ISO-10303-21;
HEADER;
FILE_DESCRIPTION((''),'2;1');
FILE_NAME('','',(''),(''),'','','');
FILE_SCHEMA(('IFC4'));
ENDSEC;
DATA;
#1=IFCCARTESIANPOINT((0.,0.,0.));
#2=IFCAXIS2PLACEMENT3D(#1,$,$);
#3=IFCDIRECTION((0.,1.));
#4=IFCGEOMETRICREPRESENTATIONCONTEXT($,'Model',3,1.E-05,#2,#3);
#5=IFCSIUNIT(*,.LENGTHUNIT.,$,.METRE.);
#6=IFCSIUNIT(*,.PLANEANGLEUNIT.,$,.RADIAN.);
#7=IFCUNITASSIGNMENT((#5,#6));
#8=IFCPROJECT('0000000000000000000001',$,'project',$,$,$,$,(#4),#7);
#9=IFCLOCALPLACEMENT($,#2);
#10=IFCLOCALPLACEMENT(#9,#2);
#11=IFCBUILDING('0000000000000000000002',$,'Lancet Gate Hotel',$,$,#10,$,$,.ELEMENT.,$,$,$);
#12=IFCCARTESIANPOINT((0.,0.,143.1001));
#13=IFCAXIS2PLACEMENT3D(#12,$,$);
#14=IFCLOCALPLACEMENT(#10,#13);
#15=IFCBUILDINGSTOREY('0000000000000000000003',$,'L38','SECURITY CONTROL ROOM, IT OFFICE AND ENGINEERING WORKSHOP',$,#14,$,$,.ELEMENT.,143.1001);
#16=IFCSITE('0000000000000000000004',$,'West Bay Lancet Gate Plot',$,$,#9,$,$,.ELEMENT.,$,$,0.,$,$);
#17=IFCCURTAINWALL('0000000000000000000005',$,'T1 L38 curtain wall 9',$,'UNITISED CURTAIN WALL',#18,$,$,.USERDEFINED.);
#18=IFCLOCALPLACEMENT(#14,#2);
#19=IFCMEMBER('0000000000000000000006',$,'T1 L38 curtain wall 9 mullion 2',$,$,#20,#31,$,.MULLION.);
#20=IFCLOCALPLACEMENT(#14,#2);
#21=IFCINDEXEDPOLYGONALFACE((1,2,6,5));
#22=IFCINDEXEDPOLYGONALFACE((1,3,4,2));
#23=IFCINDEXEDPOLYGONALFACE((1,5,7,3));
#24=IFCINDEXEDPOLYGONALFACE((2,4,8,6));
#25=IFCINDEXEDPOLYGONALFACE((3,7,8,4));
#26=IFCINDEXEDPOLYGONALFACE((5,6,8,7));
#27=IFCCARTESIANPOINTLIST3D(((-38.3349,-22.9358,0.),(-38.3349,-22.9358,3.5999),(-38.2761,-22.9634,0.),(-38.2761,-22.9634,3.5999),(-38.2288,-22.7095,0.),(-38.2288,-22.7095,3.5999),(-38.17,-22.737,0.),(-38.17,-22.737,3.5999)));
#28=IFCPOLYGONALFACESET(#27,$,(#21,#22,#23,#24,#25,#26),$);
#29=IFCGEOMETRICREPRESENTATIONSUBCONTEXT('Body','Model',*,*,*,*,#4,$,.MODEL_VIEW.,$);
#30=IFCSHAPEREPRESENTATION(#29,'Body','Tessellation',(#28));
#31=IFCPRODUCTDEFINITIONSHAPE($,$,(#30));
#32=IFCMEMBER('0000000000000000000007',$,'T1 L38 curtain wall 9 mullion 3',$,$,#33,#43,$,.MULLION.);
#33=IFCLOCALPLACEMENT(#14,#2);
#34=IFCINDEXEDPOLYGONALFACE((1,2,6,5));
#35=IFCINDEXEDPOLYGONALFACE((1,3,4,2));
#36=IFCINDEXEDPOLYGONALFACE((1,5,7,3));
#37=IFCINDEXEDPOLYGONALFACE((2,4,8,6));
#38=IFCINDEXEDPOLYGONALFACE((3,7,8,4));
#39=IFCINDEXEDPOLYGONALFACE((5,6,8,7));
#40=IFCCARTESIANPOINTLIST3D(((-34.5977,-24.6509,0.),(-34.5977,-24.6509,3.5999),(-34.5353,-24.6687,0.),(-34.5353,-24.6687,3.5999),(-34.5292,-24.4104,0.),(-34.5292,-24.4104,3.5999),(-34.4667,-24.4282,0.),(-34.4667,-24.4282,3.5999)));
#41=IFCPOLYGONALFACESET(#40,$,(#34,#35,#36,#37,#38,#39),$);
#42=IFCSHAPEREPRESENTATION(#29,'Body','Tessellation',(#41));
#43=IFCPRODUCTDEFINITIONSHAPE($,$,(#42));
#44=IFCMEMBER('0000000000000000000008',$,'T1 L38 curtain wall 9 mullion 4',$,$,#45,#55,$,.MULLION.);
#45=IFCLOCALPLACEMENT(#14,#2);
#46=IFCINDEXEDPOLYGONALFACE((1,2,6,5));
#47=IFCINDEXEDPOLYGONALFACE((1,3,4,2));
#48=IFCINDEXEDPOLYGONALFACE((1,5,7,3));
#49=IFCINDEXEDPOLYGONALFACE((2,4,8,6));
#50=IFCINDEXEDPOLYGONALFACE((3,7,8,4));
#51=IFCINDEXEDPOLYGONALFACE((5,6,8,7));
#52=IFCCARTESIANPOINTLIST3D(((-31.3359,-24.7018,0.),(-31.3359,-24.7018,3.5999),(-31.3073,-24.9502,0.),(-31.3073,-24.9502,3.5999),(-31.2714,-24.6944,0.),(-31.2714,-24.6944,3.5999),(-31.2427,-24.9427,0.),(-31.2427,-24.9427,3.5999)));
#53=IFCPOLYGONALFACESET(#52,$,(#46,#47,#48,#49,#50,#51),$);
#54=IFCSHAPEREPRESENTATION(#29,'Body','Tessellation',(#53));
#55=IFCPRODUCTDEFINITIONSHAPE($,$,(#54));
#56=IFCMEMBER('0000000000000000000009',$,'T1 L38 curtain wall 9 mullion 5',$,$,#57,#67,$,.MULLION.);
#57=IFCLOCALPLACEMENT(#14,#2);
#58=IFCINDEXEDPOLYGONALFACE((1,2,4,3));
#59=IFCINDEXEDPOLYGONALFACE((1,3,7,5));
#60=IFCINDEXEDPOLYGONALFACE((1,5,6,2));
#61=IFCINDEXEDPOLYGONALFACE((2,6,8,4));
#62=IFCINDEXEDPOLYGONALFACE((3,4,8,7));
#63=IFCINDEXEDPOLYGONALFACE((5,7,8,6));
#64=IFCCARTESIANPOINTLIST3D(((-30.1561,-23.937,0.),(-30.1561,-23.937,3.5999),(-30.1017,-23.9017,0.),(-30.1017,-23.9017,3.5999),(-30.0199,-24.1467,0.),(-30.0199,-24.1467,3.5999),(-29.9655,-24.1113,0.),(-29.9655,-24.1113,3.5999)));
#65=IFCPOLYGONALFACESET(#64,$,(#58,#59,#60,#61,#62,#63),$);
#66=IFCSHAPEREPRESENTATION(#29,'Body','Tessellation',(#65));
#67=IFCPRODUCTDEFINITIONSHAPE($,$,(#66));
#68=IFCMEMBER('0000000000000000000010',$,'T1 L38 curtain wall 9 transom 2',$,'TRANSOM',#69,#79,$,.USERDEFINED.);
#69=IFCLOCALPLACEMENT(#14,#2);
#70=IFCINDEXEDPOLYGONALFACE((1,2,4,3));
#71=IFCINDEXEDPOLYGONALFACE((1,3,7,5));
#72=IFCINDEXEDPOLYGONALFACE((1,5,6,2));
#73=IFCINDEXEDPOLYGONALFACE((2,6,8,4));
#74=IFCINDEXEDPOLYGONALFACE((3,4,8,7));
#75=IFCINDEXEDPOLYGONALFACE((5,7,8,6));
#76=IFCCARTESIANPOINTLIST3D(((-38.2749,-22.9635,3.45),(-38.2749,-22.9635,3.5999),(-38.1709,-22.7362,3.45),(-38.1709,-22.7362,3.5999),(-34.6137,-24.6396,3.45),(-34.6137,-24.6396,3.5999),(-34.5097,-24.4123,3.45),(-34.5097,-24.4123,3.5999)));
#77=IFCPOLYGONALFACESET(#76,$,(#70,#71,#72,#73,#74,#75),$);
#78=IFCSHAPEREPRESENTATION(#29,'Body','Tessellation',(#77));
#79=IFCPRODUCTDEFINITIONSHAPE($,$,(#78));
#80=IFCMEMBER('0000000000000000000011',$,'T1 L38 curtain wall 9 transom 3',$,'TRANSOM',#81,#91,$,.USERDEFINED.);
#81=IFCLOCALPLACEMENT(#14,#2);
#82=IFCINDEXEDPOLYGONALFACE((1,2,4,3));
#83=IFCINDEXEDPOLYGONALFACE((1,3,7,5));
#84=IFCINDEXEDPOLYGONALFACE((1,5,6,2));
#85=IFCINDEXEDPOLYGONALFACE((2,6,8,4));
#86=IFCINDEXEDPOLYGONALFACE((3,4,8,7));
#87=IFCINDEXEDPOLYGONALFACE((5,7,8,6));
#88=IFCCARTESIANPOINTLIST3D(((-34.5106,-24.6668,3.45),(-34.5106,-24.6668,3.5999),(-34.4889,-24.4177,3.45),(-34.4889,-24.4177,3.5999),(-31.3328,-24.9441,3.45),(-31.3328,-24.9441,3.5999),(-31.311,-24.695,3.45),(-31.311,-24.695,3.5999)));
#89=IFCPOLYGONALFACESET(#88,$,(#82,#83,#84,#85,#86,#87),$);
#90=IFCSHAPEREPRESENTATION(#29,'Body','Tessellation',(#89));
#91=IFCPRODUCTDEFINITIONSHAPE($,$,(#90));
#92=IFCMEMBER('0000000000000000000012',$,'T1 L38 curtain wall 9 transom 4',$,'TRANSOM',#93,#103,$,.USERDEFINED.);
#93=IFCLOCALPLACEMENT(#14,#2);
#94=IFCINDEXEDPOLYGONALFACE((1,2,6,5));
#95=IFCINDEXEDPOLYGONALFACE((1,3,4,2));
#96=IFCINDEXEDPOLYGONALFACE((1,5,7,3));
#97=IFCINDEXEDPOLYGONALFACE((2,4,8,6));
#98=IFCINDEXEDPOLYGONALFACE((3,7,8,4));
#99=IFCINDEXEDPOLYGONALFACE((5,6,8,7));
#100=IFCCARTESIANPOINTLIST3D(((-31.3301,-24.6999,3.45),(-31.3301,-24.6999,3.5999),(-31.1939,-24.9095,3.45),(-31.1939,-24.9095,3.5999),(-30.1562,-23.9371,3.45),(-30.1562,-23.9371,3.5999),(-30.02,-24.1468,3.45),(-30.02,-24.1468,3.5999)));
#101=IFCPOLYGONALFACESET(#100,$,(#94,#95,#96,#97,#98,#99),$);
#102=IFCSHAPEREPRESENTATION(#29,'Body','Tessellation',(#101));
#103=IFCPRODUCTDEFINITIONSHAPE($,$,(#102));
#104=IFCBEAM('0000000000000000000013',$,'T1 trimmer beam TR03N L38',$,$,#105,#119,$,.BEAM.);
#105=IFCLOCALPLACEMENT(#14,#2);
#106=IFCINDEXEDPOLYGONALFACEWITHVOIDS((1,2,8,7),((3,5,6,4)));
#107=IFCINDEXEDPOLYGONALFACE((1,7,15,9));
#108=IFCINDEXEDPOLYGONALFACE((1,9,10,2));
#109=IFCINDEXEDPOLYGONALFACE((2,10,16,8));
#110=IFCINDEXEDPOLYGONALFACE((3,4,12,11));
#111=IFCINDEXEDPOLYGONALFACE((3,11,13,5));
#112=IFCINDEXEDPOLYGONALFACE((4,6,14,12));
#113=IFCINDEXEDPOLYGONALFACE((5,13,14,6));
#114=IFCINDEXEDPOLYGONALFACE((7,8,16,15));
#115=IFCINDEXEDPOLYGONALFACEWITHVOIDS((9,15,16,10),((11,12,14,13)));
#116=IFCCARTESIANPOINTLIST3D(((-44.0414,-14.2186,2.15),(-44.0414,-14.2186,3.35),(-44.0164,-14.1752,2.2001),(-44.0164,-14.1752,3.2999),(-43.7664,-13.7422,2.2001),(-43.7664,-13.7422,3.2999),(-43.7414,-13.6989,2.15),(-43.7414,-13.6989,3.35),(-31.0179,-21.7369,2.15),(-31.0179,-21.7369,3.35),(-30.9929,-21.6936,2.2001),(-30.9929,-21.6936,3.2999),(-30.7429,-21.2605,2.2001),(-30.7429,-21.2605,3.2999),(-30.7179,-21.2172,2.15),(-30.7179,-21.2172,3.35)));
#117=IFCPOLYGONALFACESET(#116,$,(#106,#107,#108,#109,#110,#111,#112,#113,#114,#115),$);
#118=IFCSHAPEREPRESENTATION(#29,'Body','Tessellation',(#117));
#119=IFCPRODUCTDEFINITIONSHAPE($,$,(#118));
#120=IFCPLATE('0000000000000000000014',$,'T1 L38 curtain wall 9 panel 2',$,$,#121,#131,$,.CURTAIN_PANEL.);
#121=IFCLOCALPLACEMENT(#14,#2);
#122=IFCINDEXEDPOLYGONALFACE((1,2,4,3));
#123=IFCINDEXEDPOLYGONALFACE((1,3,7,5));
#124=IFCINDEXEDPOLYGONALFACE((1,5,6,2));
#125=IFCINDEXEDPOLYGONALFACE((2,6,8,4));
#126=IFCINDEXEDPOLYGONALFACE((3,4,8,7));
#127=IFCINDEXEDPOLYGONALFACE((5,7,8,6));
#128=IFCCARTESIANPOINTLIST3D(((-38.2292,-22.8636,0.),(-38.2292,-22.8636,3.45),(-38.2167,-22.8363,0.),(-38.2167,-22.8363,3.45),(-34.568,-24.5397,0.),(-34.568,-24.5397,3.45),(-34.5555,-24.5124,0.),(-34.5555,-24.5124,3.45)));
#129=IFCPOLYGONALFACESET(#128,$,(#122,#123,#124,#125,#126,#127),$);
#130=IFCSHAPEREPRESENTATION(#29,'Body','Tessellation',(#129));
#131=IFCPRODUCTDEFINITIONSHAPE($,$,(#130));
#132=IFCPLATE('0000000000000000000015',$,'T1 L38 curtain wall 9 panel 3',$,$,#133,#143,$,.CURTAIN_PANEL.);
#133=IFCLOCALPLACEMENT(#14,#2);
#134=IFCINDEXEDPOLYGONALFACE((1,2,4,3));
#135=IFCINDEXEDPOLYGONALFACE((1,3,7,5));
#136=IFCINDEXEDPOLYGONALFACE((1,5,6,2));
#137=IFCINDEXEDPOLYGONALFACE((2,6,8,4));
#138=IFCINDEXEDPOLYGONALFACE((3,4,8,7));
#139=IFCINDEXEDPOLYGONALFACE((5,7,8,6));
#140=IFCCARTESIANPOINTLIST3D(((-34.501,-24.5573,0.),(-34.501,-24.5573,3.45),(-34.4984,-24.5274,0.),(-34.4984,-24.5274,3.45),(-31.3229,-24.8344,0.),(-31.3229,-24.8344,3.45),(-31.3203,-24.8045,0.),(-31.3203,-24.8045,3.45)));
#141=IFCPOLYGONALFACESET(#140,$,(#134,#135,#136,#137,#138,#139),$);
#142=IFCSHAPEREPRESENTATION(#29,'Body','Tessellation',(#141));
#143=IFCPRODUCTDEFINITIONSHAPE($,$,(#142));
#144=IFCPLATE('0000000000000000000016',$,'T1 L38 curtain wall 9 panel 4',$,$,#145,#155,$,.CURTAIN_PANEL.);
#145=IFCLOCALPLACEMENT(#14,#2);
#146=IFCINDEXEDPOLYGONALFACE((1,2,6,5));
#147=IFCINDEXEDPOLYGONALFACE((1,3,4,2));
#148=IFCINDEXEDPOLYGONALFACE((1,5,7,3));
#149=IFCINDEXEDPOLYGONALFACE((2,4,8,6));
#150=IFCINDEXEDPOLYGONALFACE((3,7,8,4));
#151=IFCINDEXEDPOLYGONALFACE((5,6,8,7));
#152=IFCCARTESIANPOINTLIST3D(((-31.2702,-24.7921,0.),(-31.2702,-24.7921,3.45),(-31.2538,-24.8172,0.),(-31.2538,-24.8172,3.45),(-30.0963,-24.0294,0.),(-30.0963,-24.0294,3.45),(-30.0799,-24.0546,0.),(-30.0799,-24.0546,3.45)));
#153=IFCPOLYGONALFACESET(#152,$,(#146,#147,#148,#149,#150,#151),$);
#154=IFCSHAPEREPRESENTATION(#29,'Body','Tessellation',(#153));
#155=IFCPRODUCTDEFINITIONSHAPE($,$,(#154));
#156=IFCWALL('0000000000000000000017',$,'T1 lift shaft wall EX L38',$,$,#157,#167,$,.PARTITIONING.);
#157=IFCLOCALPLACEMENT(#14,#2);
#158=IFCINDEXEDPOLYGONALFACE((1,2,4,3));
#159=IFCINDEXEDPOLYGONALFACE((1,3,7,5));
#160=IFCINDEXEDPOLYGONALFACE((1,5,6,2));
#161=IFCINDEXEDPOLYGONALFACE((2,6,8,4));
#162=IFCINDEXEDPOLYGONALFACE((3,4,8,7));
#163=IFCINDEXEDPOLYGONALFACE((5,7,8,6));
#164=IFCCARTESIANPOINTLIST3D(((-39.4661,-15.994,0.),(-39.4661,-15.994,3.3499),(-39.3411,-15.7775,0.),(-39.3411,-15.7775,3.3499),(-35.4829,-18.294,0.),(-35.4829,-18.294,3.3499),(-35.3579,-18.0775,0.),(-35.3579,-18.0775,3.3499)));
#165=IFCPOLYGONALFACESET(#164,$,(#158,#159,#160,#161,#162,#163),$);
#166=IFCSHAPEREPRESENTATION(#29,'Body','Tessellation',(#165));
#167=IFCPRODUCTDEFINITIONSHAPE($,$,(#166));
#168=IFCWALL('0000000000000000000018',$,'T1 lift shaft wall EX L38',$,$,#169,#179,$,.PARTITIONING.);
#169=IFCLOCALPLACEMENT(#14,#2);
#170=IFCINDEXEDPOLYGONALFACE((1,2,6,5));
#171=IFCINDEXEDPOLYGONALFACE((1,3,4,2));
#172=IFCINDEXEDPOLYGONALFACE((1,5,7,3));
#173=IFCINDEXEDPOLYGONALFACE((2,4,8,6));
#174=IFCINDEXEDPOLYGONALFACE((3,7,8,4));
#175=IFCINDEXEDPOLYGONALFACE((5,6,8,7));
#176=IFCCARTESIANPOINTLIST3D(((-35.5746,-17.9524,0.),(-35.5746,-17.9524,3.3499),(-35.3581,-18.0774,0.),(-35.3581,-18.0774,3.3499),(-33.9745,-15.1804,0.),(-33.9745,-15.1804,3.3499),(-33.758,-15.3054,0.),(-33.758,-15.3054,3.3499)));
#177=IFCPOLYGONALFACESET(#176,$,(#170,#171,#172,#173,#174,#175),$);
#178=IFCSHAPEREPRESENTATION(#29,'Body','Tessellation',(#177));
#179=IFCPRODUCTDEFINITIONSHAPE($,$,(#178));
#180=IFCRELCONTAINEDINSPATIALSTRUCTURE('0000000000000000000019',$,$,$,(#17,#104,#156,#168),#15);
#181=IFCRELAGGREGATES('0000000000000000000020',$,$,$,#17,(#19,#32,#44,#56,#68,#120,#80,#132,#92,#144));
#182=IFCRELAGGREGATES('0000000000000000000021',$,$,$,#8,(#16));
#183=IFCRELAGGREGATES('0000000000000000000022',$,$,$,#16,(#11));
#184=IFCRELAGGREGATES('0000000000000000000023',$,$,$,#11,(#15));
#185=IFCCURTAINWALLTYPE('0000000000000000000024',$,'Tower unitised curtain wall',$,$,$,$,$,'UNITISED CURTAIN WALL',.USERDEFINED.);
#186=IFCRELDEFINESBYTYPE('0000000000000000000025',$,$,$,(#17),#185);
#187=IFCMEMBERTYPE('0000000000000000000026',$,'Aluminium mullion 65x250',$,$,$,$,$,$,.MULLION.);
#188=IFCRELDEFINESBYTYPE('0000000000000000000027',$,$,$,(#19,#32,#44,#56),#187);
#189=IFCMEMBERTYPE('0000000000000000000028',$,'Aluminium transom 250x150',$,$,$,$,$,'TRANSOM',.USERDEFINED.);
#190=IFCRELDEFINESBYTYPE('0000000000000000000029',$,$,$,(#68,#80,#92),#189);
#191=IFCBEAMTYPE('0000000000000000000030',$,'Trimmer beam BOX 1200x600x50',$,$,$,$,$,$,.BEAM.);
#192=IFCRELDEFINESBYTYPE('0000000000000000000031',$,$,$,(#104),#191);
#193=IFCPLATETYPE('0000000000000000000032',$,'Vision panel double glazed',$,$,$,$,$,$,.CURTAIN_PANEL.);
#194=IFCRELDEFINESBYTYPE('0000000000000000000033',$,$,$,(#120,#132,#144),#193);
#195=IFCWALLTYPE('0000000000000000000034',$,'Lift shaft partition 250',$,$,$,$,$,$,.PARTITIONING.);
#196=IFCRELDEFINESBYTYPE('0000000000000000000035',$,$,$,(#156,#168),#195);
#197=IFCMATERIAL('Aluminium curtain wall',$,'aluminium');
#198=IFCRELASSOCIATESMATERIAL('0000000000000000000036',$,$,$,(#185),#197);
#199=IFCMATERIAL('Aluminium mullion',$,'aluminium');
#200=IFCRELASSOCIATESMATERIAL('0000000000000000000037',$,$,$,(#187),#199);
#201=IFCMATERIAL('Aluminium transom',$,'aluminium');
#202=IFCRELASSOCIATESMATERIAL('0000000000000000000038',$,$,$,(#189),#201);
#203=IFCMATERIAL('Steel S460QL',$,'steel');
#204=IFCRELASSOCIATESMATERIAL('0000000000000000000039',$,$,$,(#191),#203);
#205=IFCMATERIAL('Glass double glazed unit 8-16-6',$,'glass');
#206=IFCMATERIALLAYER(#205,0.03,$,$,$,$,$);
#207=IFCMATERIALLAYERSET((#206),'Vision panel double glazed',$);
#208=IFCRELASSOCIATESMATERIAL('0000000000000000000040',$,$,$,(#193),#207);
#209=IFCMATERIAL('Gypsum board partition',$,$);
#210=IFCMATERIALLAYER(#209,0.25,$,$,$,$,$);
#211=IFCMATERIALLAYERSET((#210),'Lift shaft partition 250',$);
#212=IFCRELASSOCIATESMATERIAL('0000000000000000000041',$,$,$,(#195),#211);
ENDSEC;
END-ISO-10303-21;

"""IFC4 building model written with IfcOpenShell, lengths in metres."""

from ifc_helpers import new_model, si_unit, direction, frame, frame_2d, origin, origin_2d, place, context, subcontext, project, spatial, rectangle, hollow_rectangle, extrude, material, layer, layer_set, material_profile, profile_set, type_object, element, aggregate, save


model = new_model("IFC4")

# Units and contexts
model_context = context("Model", 3, precision=1e-05, world=origin(), true_north=direction((0.0, 1.0)))
body_context = subcontext(model_context, "Body", "Model", "MODEL_VIEW")
ifc_project = project(units=[si_unit("LENGTHUNIT", "METRE"), si_unit("PLANEANGLEUNIT", "RADIAN")], contexts=[model_context])

# Site, building, storey
site_placement = place(None, origin())
site = spatial("IfcSite", under=ifc_project, at=site_placement, Name="West Bay Lancet Gate Plot", CompositionType="ELEMENT", RefElevation=0.0)
building_placement = place(site_placement, origin())
building = spatial("IfcBuilding", under=site, at=building_placement, Name="Lancet Gate Hotel", CompositionType="ELEMENT")
storey_placement = place(building_placement, frame((0.0, 0.0, 143.1001)))
storey = spatial("IfcBuildingStorey", under=building, at=storey_placement, Name="L38", Description="SECURITY CONTROL ROOM, IT OFFICE AND ENGINEERING WORKSHOP", CompositionType="ELEMENT", Elevation=143.1001)

# Curtain wall, members
ifc_material_1 = material(Name="Aluminium curtain wall", Category="aluminium")
curtain_wall_type = type_object("IfcCurtainWallType", Name="Tower unitised curtain wall", ElementType="UNITISED CURTAIN WALL", PredefinedType="USERDEFINED", material=ifc_material_1)
curtain_wall_placement = place(storey_placement, origin())
curtain_wall = element("IfcCurtainWall", 1, at=curtain_wall_placement, inside=storey, type_object=curtain_wall_type, Name="T1 L38 curtain wall 9", ObjectType="UNITISED CURTAIN WALL", PredefinedType="USERDEFINED")
ifc_material_2 = material(Name="Aluminium mullion", Category="aluminium")
ifc_material_profile_1 = material_profile(ifc_material_2, rectangle(XDim=0.0649, YDim=0.25, at=origin_2d()), Name="MULLION 65x250")
ifc_profile_set_1 = profile_set([ifc_material_profile_1], Name="Aluminium mullion")
member_type_1 = type_object("IfcMemberType", Name="Aluminium mullion 65x250", PredefinedType="MULLION", material=ifc_profile_set_1)
member_1_placement = place(storey_placement, frame((-38.2524, -22.8364, 0.0), z_axis=(0.0, 0.0, 1.0), x_axis=(0.905379, -0.424605, 0.0)))
member_1 = element("IfcMember", 2, at=member_1_placement, type_object=member_type_1, Name="T1 L38 curtain wall 9 mullion 2", PredefinedType="MULLION", context=body_context, shape_type="SweptSolid", body=[
    extrude(rectangle(XDim=0.0649, YDim=0.25, at=origin_2d()), origin(), (0.0, 0.0, 1.0), 3.5999),
])
member_2_placement = place(storey_placement, frame((-34.5322, -24.5396, 0.0), z_axis=(0.0, 0.0, 1.0), x_axis=(0.961653, -0.274268, 0.0)))
member_2 = element("IfcMember", 3, at=member_2_placement, type_object=member_type_1, Name="T1 L38 curtain wall 9 mullion 3", PredefinedType="MULLION", context=body_context, shape_type="SweptSolid", body=[
    extrude(rectangle(XDim=0.0649, YDim=0.25, at=origin_2d()), origin(), (0.0, 0.0, 1.0), 3.5999),
])
member_3_placement = place(storey_placement, frame((-31.2893, -24.8223, 0.0), z_axis=(0.0, 0.0, 1.0), x_axis=(0.993425, 0.114484, 0.0)))
member_3 = element("IfcMember", 4, at=member_3_placement, type_object=member_type_1, Name="T1 L38 curtain wall 9 mullion 4", PredefinedType="MULLION", context=body_context, shape_type="SweptSolid", body=[
    extrude(rectangle(XDim=0.0649, YDim=0.25, at=origin_2d()), origin(), (0.0, 0.0, 1.0), 3.5999),
])
member_4_placement = place(storey_placement, frame((-30.0608, -24.0242, 0.0), z_axis=(0.0, 0.0, 1.0), x_axis=(0.83858, 0.544778, 0.0)))
member_4 = element("IfcMember", 5, at=member_4_placement, type_object=member_type_1, Name="T1 L38 curtain wall 9 mullion 5", PredefinedType="MULLION", context=body_context, shape_type="SweptSolid", body=[
    extrude(rectangle(XDim=0.0649, YDim=0.25, at=origin_2d()), origin(), (0.0, 0.0, 1.0), 3.5999),
])
ifc_material_3 = material(Name="Aluminium transom", Category="aluminium")
ifc_material_profile_2 = material_profile(ifc_material_3, rectangle(XDim=0.25, YDim=0.1499, at=origin_2d()), Name="TRANSOM 250x150")
ifc_profile_set_2 = profile_set([ifc_material_profile_2], Name="Aluminium transom")
member_type_2 = type_object("IfcMemberType", Name="Aluminium transom 250x150", ElementType="TRANSOM", PredefinedType="USERDEFINED", material=ifc_profile_set_2)
member_5_placement = place(storey_placement, frame((-38.2229, -22.8499, 3.5249), z_axis=(0.909252, -0.416245, 0.0), x_axis=(0.416245, 0.909252, 0.0)))
member_5 = element("IfcMember", 6, at=member_5_placement, type_object=member_type_2, Name="T1 L38 curtain wall 9 transom 2", ObjectType="TRANSOM", PredefinedType="USERDEFINED", context=body_context, shape_type="SweptSolid", body=[
    extrude(rectangle(XDim=0.25, YDim=0.1499, at=origin_2d()), origin(), (0.0, 0.0, 1.0), 4.0266),
])
member_6_placement = place(storey_placement, frame((-34.4998, -24.5422, 3.5249), z_axis=(0.996214, -0.08694, 0.0), x_axis=(0.08694, 0.996214, 0.0)))
member_6 = element("IfcMember", 7, at=member_6_placement, type_object=member_type_2, Name="T1 L38 curtain wall 9 transom 3", ObjectType="TRANSOM", PredefinedType="USERDEFINED", context=body_context, shape_type="SweptSolid", body=[
    extrude(rectangle(XDim=0.25, YDim=0.1499, at=origin_2d()), origin(), (0.0, 0.0, 1.0), 3.1899),
])
member_7_placement = place(storey_placement, frame((-31.262, -24.8047, 3.5249), z_axis=(0.838539, 0.544841, 0.0), x_axis=(-0.544841, 0.838539, 0.0)))
member_7 = element("IfcMember", 8, at=member_7_placement, type_object=member_type_2, Name="T1 L38 curtain wall 9 transom 4", ObjectType="TRANSOM", PredefinedType="USERDEFINED", context=body_context, shape_type="SweptSolid", body=[
    extrude(rectangle(XDim=0.25, YDim=0.1499, at=origin_2d()), origin(), (0.0, 0.0, 1.0), 1.3999),
])

# Beam
ifc_material_4 = material(Name="Steel S460QL", Category="steel")
ifc_material_profile_3 = material_profile(ifc_material_4, hollow_rectangle(XDim=0.6001, YDim=1.2, WallThickness=0.05, at=origin_2d()), Name="BOX 1200x600x50")
ifc_profile_set_3 = profile_set([ifc_material_profile_3], Name="Steel S460QL")
beam_type = type_object("IfcBeamType", Name="Trimmer beam BOX 1200x600x50", PredefinedType="BEAM", material=ifc_profile_set_3)
beam_placement = place(storey_placement, frame((-30.8679, -21.4771, 2.75), z_axis=(-0.866048, 0.499961, 0.0), x_axis=(-0.499961, -0.866048, 0.0)))
element("IfcBeam", 9, at=beam_placement, inside=storey, type_object=beam_type, Name="T1 trimmer beam TR03N L38", PredefinedType="BEAM", context=body_context, shape_type="SweptSolid", body=[
    extrude(hollow_rectangle(XDim=0.6001, YDim=1.2, WallThickness=0.05, at=origin_2d()), origin(), (0.0, 0.0, 1.0), 15.0378),
])

# Plates
ifc_material_5 = material(Name="Glass double glazed unit 8-16-6", Category="glass")
ifc_layer_1 = layer(ifc_material_5, 0.03)
ifc_layer_set_1 = layer_set([ifc_layer_1], Name="Vision panel double glazed")
plate_type = type_object("IfcPlateType", Name="Vision panel double glazed", PredefinedType="CURTAIN_PANEL", material=ifc_layer_set_1)
plate_1_placement = place(storey_placement, frame((-36.3923, -23.688, 0.0), z_axis=(0.0, 0.0, 1.0), x_axis=(0.909253, -0.416245, 0.0)))
plate_1 = element("IfcPlate", 10, at=plate_1_placement, type_object=plate_type, Name="T1 L38 curtain wall 9 panel 2", PredefinedType="CURTAIN_PANEL", context=body_context, shape_type="SweptSolid", body=[
    extrude(rectangle(XDim=4.0266, YDim=0.03, at=origin_2d()), origin(), (0.0, 0.0, 1.0), 3.45),
])
plate_2_placement = place(storey_placement, frame((-32.9106, -24.6809, 0.0), z_axis=(0.0, 0.0, 1.0), x_axis=(0.996219, -0.08688, 0.0)))
plate_2 = element("IfcPlate", 11, at=plate_2_placement, type_object=plate_type, Name="T1 L38 curtain wall 9 panel 3", PredefinedType="CURTAIN_PANEL", context=body_context, shape_type="SweptSolid", body=[
    extrude(rectangle(XDim=3.1902, YDim=0.03, at=origin_2d()), origin(), (0.0, 0.0, 1.0), 3.45),
])
plate_3_placement = place(storey_placement, frame((-30.675, -24.4233, 0.0), z_axis=(0.0, 0.0, 1.0), x_axis=(0.83858, 0.544778, 0.0)))
plate_3 = element("IfcPlate", 12, at=plate_3_placement, type_object=plate_type, Name="T1 L38 curtain wall 9 panel 4", PredefinedType="CURTAIN_PANEL", context=body_context, shape_type="SweptSolid", body=[
    extrude(rectangle(XDim=1.3999, YDim=0.03, at=origin_2d()), origin(), (0.0, 0.0, 1.0), 3.45),
])
aggregate(curtain_wall, [member_1, member_2, member_3, member_4, member_5, plate_1, member_6, plate_2, member_7, plate_3])

# Walls
ifc_material_6 = material(Name="Gypsum board partition")
ifc_layer_2 = layer(ifc_material_6, 0.25)
ifc_layer_set_2 = layer_set([ifc_layer_2], Name="Lift shaft partition 250")
wall_type_1 = type_object("IfcWallType", Name="Lift shaft partition 250", PredefinedType="PARTITIONING", material=ifc_layer_set_2)
wall_1_placement = place(storey_placement, frame((-35.4204, -18.1858, 0.0), z_axis=(0.0, 0.0, 1.0), x_axis=(-0.86599, 0.500061, 0.0)))
element("IfcWall", 13, at=wall_1_placement, inside=storey, type_object=wall_type_1, Name="T1 lift shaft wall EX L38", PredefinedType="PARTITIONING", context=body_context, shape_type="SweptSolid", body=[
    extrude(rectangle(XDim=4.5996, YDim=0.25, at=frame_2d((2.2998, 0.0))), origin(), (0.0, 0.0, 1.0), 3.3499),
])
wall_2_placement = place(storey_placement, frame((-33.8662, -15.2429, 0.0), z_axis=(0.0, 0.0, 1.0), x_axis=(-0.499929, -0.866066, 0.0)))
element("IfcWall", 14, at=wall_2_placement, inside=storey, type_object=wall_type_1, Name="T1 lift shaft wall EX L38", PredefinedType="PARTITIONING", context=body_context, shape_type="SweptSolid", body=[
    extrude(rectangle(XDim=3.2007, YDim=0.25, at=frame_2d((1.6003, 0.0))), origin(), (0.0, 0.0, 1.0), 3.3499),
])

save(model, "model.ifc")
